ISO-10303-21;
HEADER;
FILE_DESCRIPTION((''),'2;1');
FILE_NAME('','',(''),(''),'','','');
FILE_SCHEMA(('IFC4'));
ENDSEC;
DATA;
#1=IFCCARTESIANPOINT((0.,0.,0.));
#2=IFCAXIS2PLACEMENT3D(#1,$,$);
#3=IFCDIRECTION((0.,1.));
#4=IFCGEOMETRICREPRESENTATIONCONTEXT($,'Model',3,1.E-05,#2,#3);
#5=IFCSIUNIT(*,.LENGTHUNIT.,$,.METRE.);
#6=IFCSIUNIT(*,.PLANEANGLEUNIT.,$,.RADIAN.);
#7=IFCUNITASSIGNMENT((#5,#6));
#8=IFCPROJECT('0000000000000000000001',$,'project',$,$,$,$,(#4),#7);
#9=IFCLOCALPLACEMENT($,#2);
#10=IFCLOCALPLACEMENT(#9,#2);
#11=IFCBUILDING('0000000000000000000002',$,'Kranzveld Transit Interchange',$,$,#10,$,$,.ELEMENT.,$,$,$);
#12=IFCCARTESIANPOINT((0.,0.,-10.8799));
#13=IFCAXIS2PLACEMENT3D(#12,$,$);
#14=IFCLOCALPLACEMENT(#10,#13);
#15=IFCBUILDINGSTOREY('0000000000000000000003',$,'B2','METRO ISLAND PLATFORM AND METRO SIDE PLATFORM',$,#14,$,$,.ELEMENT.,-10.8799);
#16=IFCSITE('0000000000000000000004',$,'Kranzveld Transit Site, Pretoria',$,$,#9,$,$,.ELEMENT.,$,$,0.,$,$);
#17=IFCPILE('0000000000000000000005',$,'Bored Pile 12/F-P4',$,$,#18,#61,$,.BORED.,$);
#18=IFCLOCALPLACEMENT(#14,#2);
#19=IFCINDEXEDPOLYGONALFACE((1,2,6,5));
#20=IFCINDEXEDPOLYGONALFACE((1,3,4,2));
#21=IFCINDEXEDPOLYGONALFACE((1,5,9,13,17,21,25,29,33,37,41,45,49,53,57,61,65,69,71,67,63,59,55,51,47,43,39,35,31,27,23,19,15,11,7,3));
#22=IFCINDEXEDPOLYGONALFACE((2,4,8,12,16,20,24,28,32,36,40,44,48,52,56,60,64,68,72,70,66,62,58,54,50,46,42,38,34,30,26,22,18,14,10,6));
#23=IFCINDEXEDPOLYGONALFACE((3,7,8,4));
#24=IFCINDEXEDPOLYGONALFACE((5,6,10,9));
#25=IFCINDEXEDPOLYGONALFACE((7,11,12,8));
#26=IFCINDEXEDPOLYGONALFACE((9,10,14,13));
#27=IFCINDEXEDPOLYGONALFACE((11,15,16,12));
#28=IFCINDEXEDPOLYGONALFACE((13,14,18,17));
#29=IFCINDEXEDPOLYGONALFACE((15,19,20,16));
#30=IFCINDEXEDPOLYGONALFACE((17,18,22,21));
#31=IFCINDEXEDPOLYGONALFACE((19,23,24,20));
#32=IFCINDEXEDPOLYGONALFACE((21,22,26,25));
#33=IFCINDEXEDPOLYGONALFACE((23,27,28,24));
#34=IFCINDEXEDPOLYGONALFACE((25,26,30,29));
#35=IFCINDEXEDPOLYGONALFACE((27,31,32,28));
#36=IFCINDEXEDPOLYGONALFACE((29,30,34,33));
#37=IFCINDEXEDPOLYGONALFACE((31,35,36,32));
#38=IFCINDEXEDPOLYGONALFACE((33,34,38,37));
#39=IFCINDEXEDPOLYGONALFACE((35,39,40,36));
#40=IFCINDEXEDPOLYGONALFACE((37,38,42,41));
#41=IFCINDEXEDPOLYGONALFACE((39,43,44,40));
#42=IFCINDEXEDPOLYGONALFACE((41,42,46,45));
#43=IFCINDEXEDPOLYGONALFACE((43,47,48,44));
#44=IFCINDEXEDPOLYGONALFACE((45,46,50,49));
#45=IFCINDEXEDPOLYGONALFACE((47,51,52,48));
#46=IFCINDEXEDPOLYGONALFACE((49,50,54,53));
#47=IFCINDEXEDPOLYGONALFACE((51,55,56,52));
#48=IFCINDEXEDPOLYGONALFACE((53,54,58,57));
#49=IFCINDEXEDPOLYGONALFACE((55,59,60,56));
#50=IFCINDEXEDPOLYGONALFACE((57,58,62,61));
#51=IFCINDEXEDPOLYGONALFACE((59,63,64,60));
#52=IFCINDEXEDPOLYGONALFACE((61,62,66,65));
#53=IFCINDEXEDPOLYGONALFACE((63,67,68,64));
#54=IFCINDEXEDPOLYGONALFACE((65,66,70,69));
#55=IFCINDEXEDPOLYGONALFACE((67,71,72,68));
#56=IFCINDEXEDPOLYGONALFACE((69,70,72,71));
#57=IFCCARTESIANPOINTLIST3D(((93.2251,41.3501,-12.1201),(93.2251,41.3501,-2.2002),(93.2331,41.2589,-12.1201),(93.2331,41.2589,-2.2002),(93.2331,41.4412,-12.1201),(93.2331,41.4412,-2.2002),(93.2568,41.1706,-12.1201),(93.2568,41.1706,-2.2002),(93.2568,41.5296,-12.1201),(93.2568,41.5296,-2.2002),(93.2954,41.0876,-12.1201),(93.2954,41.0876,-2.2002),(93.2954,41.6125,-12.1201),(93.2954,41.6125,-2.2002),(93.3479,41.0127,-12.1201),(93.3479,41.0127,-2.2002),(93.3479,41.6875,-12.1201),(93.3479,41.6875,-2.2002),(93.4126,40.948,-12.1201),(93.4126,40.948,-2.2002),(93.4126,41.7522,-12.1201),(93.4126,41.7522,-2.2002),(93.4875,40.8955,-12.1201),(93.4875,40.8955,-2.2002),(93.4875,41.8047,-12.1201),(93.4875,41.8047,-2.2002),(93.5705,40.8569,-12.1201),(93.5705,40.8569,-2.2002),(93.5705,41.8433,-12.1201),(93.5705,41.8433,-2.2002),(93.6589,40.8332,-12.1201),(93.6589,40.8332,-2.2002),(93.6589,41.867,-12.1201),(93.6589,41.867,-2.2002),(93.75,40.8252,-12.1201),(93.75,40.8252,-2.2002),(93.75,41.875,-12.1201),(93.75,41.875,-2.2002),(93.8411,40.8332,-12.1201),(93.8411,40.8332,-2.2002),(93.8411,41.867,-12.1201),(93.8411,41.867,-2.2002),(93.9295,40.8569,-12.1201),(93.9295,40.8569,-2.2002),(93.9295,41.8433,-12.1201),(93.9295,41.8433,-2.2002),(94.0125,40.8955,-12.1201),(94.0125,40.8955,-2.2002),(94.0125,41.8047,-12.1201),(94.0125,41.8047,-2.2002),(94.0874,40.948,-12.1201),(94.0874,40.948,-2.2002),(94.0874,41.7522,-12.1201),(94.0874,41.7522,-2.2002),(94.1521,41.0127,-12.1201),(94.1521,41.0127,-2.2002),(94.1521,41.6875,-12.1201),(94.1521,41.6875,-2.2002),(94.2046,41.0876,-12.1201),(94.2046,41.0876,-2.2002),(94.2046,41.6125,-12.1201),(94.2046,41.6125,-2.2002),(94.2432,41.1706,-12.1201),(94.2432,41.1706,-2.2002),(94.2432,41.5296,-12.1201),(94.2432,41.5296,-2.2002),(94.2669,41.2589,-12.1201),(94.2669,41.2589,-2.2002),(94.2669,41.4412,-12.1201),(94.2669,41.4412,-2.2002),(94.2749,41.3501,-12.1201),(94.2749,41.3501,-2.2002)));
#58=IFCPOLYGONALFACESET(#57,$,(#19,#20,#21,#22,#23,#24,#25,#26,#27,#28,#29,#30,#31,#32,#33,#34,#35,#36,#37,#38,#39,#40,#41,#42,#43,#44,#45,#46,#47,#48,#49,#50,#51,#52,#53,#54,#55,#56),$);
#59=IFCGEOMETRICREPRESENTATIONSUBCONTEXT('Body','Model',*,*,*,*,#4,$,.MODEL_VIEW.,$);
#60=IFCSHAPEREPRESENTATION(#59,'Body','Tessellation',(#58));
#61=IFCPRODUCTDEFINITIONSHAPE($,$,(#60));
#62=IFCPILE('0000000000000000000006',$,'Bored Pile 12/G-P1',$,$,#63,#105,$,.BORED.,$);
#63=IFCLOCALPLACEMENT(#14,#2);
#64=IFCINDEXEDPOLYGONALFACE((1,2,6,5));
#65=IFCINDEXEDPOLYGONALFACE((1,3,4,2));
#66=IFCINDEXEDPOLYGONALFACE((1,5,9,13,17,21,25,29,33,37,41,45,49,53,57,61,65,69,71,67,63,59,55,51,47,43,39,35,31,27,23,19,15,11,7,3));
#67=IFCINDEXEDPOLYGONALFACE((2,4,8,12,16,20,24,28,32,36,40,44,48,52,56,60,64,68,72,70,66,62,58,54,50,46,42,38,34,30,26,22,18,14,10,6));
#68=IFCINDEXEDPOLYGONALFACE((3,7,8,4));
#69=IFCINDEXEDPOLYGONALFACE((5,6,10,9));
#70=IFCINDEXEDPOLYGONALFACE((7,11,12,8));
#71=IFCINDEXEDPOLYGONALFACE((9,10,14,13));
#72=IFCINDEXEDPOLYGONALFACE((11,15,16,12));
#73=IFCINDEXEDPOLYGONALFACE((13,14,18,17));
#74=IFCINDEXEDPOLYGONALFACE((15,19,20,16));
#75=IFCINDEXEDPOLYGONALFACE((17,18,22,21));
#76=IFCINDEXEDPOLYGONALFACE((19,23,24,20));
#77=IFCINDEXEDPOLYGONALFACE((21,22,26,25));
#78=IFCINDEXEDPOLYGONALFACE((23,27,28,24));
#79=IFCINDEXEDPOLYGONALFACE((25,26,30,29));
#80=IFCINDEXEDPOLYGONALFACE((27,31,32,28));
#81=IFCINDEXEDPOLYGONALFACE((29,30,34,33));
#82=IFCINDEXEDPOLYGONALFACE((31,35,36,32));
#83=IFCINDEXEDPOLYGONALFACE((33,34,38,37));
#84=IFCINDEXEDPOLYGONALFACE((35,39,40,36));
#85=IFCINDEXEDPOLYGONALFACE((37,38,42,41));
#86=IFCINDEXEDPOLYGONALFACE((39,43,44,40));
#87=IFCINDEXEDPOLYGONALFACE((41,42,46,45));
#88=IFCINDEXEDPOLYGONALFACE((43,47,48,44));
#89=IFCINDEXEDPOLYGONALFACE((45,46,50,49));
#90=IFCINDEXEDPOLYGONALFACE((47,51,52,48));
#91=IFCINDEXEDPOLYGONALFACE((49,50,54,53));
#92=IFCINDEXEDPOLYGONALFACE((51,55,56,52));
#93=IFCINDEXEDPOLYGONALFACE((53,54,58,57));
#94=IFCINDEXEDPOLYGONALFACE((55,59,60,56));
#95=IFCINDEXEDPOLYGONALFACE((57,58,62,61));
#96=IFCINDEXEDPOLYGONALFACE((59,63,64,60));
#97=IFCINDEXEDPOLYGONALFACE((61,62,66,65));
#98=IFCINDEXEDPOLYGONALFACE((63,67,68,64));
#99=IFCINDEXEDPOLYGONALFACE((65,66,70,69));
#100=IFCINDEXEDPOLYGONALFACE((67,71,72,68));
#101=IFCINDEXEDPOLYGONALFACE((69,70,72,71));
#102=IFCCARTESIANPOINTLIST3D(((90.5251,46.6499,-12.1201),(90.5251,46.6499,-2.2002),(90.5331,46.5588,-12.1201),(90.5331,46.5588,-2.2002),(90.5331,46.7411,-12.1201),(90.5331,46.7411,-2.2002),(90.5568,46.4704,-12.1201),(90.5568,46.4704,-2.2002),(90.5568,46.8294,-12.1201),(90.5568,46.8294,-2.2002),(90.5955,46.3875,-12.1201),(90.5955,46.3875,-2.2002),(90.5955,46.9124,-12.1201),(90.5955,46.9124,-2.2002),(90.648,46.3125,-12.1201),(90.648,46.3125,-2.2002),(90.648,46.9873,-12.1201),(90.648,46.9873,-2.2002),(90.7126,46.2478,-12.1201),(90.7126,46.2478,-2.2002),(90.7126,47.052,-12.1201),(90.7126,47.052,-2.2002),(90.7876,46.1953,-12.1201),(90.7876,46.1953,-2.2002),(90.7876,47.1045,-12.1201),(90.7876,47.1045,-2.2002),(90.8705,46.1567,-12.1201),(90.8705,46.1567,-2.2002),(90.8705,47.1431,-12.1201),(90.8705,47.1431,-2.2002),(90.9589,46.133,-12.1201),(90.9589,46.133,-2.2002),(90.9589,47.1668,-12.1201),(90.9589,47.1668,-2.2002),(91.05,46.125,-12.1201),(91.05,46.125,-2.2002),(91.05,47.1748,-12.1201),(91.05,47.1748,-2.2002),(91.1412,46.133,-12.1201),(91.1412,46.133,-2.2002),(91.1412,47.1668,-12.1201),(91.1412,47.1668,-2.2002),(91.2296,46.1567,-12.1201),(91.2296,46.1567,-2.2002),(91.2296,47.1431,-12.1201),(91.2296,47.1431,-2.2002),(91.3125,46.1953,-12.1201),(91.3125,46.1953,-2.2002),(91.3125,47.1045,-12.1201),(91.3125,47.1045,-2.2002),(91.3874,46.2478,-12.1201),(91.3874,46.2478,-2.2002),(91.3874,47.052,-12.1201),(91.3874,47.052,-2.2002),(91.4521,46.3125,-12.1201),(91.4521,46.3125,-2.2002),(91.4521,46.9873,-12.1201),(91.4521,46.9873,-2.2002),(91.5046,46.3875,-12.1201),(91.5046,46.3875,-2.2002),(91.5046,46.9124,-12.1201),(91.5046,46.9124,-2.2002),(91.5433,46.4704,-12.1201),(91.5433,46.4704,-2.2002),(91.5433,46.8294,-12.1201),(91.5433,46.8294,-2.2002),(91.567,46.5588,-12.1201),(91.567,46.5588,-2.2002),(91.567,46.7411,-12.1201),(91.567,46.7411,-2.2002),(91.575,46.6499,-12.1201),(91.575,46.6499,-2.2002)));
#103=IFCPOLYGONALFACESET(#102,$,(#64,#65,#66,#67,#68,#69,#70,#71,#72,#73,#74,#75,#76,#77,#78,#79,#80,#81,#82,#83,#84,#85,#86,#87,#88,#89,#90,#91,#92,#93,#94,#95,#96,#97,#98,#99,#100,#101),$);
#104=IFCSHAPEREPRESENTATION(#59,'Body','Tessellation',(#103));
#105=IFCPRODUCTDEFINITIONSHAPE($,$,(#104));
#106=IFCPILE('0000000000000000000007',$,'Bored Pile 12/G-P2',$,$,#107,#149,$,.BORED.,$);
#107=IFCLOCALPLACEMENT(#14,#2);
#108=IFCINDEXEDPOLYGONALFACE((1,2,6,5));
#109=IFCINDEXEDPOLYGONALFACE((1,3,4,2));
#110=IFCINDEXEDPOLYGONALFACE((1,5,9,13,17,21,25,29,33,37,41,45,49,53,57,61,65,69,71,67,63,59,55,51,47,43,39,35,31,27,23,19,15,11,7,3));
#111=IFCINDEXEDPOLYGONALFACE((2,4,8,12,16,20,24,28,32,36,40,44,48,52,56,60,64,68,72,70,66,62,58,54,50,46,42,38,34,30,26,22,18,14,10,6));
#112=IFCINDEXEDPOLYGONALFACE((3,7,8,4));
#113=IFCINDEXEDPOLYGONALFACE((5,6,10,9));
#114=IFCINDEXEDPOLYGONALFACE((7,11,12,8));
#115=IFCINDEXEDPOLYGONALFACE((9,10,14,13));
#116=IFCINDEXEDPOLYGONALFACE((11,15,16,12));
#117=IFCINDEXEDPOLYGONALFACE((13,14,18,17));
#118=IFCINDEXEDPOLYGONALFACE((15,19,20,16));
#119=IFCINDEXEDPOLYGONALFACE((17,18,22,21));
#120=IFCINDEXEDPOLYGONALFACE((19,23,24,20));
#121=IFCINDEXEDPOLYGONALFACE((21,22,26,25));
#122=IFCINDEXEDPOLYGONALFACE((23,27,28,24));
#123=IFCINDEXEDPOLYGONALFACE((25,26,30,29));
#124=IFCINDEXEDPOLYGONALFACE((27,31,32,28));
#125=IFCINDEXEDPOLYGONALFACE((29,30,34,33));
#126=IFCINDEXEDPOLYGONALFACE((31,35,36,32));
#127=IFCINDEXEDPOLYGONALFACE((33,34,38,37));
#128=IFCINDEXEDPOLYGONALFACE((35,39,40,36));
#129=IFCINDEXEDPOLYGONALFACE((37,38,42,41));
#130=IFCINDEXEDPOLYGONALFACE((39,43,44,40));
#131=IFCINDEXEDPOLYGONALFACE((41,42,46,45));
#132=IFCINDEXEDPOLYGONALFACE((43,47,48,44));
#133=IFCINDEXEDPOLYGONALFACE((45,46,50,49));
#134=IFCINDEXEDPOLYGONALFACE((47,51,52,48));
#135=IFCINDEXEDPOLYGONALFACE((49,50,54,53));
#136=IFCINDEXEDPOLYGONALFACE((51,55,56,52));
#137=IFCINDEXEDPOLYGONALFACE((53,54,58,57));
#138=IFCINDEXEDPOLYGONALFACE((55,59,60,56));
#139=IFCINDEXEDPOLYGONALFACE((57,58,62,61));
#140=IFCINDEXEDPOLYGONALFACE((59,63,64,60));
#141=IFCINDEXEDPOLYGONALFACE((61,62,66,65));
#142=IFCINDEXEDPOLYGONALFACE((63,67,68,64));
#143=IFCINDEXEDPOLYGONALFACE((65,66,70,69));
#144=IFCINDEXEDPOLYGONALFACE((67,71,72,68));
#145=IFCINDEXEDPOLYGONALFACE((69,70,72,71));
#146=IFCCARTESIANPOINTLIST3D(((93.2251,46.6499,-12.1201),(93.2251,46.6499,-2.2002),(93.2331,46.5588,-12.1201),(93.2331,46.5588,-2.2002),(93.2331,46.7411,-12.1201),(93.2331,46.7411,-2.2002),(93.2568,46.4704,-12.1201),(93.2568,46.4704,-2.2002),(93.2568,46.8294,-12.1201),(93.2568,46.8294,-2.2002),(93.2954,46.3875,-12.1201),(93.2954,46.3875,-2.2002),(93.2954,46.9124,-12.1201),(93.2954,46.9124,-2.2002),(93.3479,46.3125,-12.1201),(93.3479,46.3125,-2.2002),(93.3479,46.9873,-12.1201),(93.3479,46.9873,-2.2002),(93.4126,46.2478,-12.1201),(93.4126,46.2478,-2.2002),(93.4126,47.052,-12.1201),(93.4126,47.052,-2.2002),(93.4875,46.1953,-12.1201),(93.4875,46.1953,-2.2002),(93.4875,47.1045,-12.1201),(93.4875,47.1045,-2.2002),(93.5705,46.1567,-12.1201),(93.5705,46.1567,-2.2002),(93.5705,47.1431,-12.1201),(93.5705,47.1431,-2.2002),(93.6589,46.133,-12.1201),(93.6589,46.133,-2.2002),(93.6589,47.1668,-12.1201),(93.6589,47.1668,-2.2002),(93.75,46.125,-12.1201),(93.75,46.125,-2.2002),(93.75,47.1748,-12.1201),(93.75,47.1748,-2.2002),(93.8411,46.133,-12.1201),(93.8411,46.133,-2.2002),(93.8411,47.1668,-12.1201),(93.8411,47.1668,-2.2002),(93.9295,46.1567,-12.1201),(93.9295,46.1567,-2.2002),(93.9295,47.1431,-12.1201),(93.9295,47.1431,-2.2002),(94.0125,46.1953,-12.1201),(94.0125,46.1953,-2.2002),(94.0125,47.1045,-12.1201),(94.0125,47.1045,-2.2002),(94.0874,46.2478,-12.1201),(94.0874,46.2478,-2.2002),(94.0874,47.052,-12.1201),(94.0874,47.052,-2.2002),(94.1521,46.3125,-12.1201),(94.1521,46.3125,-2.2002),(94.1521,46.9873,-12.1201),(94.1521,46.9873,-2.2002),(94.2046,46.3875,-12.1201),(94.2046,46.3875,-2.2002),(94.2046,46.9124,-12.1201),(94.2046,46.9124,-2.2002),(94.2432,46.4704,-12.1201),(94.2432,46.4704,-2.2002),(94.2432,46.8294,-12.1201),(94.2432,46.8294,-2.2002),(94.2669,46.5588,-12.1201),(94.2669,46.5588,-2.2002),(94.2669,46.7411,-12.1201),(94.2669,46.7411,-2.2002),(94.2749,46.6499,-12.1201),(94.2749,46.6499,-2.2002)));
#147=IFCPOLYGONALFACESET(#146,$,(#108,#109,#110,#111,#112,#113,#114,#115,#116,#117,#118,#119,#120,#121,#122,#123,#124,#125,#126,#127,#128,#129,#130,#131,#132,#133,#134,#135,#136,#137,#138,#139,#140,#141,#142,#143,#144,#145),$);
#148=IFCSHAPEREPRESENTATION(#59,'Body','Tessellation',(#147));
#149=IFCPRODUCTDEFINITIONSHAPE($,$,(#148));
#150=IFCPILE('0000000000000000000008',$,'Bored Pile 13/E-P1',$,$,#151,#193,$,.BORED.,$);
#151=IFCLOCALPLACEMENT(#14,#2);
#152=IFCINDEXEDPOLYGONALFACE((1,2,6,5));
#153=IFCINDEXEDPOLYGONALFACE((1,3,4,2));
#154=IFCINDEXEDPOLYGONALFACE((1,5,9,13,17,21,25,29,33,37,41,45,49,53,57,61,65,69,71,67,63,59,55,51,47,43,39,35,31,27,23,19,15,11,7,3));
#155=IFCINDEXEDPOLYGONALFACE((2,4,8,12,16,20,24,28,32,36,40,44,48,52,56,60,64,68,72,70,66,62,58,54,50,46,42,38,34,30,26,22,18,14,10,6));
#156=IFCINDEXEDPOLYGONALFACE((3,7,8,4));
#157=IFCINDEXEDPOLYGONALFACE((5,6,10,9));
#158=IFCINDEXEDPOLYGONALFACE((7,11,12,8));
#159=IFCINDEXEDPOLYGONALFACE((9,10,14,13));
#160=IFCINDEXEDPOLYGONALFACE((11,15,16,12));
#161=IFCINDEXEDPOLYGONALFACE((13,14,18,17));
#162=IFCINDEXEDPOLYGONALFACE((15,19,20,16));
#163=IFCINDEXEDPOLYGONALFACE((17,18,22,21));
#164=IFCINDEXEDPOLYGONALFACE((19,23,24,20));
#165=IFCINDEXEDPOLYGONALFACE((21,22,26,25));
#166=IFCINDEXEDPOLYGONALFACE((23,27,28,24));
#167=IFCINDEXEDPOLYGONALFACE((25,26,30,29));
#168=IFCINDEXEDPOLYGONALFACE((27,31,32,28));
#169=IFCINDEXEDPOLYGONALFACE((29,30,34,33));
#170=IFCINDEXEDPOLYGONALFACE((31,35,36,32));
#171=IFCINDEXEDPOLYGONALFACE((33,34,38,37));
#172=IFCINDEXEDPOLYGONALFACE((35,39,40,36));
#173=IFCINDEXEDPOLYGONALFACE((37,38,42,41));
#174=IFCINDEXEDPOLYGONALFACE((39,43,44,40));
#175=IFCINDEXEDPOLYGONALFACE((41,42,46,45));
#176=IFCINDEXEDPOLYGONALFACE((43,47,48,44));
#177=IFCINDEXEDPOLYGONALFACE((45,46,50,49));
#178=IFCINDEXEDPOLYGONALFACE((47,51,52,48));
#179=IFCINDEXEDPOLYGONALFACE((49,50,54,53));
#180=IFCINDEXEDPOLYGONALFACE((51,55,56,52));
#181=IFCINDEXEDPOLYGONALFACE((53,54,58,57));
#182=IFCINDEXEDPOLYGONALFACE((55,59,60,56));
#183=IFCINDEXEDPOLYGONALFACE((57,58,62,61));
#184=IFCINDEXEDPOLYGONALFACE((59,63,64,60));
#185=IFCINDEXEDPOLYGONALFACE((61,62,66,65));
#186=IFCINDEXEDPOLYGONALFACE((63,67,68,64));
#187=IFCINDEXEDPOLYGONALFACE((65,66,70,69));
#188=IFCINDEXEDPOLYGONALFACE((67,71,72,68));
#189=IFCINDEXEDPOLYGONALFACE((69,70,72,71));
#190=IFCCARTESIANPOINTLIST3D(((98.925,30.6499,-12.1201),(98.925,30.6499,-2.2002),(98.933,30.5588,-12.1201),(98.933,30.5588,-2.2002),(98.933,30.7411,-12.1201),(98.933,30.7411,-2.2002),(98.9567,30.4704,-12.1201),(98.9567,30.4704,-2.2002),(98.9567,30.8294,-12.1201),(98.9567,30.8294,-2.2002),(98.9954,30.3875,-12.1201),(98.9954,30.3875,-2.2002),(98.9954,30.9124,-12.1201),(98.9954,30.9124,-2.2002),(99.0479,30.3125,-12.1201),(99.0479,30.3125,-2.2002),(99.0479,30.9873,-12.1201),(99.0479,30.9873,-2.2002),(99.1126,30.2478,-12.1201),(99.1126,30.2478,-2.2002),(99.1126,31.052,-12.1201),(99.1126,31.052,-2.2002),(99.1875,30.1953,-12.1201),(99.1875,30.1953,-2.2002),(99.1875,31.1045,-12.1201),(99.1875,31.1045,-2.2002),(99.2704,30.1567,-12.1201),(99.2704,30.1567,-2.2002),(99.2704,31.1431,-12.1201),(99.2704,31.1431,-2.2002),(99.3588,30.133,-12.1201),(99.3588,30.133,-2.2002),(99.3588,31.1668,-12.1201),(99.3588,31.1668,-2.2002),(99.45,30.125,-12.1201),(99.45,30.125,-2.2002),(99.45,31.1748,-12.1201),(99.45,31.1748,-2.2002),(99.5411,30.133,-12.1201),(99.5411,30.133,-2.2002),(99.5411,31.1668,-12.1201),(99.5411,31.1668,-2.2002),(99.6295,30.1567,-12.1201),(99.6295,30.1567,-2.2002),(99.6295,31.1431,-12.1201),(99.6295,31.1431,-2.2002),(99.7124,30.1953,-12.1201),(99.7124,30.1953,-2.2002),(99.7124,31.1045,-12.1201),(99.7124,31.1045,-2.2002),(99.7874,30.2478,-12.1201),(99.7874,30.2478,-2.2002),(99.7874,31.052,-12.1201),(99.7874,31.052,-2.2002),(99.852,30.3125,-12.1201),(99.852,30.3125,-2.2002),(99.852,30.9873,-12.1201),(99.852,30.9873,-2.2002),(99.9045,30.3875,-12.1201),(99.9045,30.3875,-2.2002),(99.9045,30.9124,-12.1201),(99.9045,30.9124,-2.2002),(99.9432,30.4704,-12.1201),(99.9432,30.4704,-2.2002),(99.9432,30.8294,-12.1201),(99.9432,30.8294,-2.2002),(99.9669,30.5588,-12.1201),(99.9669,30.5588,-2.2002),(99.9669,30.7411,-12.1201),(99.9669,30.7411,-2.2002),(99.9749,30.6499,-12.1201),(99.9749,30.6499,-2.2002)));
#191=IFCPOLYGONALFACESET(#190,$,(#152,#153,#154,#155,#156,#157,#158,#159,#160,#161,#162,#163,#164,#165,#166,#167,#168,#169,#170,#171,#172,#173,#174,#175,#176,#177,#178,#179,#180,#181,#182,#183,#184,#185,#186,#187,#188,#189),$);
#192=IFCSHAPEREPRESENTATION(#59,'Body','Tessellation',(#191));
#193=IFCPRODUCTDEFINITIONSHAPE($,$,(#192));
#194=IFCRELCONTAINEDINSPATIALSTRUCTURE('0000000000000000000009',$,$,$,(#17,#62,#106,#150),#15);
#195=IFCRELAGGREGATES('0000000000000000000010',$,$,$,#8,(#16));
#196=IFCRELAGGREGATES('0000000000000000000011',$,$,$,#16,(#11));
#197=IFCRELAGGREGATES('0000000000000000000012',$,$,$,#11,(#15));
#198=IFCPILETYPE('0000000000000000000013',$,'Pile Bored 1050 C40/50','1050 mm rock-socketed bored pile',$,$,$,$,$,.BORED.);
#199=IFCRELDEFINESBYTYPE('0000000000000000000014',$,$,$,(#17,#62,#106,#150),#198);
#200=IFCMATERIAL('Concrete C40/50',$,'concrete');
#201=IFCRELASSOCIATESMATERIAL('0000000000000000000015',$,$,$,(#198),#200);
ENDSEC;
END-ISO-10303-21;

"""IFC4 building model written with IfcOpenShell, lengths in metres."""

from ifc_helpers import new_model, si_unit, direction, frame, origin, origin_2d, place, context, subcontext, project, spatial, circle, extrude, material, material_profile, profile_set, type_object, element, save


model = new_model("IFC4")

# Units and contexts
model_context = context("Model", 3, precision=1e-05, world=origin(), true_north=direction((0.0, 1.0)))
body_context = subcontext(model_context, "Body", "Model", "MODEL_VIEW")
ifc_project = project(units=[si_unit("LENGTHUNIT", "METRE"), si_unit("PLANEANGLEUNIT", "RADIAN")], contexts=[model_context])

# Site, building, storey
site_placement = place(None, origin())
site = spatial("IfcSite", under=ifc_project, at=site_placement, Name="Kranzveld Transit Site, Pretoria", CompositionType="ELEMENT", RefElevation=0.0)
building_placement = place(site_placement, origin())
building = spatial("IfcBuilding", under=site, at=building_placement, Name="Kranzveld Transit Interchange", CompositionType="ELEMENT")
storey_placement = place(building_placement, frame((0.0, 0.0, -10.8799)))
storey = spatial("IfcBuildingStorey", under=building, at=storey_placement, Name="B2", Description="METRO ISLAND PLATFORM AND METRO SIDE PLATFORM", CompositionType="ELEMENT", Elevation=-10.8799)

# Piles
ifc_material_1 = material(Name="Concrete C40/50", Category="concrete")
ifc_material_profile_1 = material_profile(ifc_material_1, circle(Radius=0.5249, at=origin_2d()), Name="BORED PILE 1050")
ifc_profile_set_1 = profile_set([ifc_material_profile_1], Name="Concrete C40/50")
pile_type = type_object("IfcPileType", Name="Pile Bored 1050 C40/50", Description="1050 mm rock-socketed bored pile", PredefinedType="BORED", material=ifc_profile_set_1)
for number, where, z_axis, x_axis, name in (
    (1, (93.75, 41.3501, -2.2002), (0.0, 0.0, -1.0), (1.0, 0.0, 0.0), "Bored Pile 12/F-P4"),
    (2, (91.05, 46.6499, -2.2002), (0.0, 0.0, -1.0), (1.0, 0.0, 0.0), "Bored Pile 12/G-P1"),
    (3, (93.75, 46.6499, -2.2002), (0.0, 0.0, -1.0), (1.0, 0.0, 0.0), "Bored Pile 12/G-P2"),
    (4, (99.45, 30.6499, -2.2002), (0.0, 0.0, -1.0), (1.0, 0.0, 0.0), "Bored Pile 13/E-P1"),
):
    element("IfcPile", number, at=place(storey_placement, frame(where, z_axis=z_axis, x_axis=x_axis)), inside=storey, type_object=pile_type, Name=name, PredefinedType="BORED", context=body_context, shape_type="SweptSolid", body=[
        extrude(circle(Radius=0.5249, at=origin_2d()), origin(), (0.0, 0.0, 1.0), 9.9199),
    ])

save(model, "model.ifc")
